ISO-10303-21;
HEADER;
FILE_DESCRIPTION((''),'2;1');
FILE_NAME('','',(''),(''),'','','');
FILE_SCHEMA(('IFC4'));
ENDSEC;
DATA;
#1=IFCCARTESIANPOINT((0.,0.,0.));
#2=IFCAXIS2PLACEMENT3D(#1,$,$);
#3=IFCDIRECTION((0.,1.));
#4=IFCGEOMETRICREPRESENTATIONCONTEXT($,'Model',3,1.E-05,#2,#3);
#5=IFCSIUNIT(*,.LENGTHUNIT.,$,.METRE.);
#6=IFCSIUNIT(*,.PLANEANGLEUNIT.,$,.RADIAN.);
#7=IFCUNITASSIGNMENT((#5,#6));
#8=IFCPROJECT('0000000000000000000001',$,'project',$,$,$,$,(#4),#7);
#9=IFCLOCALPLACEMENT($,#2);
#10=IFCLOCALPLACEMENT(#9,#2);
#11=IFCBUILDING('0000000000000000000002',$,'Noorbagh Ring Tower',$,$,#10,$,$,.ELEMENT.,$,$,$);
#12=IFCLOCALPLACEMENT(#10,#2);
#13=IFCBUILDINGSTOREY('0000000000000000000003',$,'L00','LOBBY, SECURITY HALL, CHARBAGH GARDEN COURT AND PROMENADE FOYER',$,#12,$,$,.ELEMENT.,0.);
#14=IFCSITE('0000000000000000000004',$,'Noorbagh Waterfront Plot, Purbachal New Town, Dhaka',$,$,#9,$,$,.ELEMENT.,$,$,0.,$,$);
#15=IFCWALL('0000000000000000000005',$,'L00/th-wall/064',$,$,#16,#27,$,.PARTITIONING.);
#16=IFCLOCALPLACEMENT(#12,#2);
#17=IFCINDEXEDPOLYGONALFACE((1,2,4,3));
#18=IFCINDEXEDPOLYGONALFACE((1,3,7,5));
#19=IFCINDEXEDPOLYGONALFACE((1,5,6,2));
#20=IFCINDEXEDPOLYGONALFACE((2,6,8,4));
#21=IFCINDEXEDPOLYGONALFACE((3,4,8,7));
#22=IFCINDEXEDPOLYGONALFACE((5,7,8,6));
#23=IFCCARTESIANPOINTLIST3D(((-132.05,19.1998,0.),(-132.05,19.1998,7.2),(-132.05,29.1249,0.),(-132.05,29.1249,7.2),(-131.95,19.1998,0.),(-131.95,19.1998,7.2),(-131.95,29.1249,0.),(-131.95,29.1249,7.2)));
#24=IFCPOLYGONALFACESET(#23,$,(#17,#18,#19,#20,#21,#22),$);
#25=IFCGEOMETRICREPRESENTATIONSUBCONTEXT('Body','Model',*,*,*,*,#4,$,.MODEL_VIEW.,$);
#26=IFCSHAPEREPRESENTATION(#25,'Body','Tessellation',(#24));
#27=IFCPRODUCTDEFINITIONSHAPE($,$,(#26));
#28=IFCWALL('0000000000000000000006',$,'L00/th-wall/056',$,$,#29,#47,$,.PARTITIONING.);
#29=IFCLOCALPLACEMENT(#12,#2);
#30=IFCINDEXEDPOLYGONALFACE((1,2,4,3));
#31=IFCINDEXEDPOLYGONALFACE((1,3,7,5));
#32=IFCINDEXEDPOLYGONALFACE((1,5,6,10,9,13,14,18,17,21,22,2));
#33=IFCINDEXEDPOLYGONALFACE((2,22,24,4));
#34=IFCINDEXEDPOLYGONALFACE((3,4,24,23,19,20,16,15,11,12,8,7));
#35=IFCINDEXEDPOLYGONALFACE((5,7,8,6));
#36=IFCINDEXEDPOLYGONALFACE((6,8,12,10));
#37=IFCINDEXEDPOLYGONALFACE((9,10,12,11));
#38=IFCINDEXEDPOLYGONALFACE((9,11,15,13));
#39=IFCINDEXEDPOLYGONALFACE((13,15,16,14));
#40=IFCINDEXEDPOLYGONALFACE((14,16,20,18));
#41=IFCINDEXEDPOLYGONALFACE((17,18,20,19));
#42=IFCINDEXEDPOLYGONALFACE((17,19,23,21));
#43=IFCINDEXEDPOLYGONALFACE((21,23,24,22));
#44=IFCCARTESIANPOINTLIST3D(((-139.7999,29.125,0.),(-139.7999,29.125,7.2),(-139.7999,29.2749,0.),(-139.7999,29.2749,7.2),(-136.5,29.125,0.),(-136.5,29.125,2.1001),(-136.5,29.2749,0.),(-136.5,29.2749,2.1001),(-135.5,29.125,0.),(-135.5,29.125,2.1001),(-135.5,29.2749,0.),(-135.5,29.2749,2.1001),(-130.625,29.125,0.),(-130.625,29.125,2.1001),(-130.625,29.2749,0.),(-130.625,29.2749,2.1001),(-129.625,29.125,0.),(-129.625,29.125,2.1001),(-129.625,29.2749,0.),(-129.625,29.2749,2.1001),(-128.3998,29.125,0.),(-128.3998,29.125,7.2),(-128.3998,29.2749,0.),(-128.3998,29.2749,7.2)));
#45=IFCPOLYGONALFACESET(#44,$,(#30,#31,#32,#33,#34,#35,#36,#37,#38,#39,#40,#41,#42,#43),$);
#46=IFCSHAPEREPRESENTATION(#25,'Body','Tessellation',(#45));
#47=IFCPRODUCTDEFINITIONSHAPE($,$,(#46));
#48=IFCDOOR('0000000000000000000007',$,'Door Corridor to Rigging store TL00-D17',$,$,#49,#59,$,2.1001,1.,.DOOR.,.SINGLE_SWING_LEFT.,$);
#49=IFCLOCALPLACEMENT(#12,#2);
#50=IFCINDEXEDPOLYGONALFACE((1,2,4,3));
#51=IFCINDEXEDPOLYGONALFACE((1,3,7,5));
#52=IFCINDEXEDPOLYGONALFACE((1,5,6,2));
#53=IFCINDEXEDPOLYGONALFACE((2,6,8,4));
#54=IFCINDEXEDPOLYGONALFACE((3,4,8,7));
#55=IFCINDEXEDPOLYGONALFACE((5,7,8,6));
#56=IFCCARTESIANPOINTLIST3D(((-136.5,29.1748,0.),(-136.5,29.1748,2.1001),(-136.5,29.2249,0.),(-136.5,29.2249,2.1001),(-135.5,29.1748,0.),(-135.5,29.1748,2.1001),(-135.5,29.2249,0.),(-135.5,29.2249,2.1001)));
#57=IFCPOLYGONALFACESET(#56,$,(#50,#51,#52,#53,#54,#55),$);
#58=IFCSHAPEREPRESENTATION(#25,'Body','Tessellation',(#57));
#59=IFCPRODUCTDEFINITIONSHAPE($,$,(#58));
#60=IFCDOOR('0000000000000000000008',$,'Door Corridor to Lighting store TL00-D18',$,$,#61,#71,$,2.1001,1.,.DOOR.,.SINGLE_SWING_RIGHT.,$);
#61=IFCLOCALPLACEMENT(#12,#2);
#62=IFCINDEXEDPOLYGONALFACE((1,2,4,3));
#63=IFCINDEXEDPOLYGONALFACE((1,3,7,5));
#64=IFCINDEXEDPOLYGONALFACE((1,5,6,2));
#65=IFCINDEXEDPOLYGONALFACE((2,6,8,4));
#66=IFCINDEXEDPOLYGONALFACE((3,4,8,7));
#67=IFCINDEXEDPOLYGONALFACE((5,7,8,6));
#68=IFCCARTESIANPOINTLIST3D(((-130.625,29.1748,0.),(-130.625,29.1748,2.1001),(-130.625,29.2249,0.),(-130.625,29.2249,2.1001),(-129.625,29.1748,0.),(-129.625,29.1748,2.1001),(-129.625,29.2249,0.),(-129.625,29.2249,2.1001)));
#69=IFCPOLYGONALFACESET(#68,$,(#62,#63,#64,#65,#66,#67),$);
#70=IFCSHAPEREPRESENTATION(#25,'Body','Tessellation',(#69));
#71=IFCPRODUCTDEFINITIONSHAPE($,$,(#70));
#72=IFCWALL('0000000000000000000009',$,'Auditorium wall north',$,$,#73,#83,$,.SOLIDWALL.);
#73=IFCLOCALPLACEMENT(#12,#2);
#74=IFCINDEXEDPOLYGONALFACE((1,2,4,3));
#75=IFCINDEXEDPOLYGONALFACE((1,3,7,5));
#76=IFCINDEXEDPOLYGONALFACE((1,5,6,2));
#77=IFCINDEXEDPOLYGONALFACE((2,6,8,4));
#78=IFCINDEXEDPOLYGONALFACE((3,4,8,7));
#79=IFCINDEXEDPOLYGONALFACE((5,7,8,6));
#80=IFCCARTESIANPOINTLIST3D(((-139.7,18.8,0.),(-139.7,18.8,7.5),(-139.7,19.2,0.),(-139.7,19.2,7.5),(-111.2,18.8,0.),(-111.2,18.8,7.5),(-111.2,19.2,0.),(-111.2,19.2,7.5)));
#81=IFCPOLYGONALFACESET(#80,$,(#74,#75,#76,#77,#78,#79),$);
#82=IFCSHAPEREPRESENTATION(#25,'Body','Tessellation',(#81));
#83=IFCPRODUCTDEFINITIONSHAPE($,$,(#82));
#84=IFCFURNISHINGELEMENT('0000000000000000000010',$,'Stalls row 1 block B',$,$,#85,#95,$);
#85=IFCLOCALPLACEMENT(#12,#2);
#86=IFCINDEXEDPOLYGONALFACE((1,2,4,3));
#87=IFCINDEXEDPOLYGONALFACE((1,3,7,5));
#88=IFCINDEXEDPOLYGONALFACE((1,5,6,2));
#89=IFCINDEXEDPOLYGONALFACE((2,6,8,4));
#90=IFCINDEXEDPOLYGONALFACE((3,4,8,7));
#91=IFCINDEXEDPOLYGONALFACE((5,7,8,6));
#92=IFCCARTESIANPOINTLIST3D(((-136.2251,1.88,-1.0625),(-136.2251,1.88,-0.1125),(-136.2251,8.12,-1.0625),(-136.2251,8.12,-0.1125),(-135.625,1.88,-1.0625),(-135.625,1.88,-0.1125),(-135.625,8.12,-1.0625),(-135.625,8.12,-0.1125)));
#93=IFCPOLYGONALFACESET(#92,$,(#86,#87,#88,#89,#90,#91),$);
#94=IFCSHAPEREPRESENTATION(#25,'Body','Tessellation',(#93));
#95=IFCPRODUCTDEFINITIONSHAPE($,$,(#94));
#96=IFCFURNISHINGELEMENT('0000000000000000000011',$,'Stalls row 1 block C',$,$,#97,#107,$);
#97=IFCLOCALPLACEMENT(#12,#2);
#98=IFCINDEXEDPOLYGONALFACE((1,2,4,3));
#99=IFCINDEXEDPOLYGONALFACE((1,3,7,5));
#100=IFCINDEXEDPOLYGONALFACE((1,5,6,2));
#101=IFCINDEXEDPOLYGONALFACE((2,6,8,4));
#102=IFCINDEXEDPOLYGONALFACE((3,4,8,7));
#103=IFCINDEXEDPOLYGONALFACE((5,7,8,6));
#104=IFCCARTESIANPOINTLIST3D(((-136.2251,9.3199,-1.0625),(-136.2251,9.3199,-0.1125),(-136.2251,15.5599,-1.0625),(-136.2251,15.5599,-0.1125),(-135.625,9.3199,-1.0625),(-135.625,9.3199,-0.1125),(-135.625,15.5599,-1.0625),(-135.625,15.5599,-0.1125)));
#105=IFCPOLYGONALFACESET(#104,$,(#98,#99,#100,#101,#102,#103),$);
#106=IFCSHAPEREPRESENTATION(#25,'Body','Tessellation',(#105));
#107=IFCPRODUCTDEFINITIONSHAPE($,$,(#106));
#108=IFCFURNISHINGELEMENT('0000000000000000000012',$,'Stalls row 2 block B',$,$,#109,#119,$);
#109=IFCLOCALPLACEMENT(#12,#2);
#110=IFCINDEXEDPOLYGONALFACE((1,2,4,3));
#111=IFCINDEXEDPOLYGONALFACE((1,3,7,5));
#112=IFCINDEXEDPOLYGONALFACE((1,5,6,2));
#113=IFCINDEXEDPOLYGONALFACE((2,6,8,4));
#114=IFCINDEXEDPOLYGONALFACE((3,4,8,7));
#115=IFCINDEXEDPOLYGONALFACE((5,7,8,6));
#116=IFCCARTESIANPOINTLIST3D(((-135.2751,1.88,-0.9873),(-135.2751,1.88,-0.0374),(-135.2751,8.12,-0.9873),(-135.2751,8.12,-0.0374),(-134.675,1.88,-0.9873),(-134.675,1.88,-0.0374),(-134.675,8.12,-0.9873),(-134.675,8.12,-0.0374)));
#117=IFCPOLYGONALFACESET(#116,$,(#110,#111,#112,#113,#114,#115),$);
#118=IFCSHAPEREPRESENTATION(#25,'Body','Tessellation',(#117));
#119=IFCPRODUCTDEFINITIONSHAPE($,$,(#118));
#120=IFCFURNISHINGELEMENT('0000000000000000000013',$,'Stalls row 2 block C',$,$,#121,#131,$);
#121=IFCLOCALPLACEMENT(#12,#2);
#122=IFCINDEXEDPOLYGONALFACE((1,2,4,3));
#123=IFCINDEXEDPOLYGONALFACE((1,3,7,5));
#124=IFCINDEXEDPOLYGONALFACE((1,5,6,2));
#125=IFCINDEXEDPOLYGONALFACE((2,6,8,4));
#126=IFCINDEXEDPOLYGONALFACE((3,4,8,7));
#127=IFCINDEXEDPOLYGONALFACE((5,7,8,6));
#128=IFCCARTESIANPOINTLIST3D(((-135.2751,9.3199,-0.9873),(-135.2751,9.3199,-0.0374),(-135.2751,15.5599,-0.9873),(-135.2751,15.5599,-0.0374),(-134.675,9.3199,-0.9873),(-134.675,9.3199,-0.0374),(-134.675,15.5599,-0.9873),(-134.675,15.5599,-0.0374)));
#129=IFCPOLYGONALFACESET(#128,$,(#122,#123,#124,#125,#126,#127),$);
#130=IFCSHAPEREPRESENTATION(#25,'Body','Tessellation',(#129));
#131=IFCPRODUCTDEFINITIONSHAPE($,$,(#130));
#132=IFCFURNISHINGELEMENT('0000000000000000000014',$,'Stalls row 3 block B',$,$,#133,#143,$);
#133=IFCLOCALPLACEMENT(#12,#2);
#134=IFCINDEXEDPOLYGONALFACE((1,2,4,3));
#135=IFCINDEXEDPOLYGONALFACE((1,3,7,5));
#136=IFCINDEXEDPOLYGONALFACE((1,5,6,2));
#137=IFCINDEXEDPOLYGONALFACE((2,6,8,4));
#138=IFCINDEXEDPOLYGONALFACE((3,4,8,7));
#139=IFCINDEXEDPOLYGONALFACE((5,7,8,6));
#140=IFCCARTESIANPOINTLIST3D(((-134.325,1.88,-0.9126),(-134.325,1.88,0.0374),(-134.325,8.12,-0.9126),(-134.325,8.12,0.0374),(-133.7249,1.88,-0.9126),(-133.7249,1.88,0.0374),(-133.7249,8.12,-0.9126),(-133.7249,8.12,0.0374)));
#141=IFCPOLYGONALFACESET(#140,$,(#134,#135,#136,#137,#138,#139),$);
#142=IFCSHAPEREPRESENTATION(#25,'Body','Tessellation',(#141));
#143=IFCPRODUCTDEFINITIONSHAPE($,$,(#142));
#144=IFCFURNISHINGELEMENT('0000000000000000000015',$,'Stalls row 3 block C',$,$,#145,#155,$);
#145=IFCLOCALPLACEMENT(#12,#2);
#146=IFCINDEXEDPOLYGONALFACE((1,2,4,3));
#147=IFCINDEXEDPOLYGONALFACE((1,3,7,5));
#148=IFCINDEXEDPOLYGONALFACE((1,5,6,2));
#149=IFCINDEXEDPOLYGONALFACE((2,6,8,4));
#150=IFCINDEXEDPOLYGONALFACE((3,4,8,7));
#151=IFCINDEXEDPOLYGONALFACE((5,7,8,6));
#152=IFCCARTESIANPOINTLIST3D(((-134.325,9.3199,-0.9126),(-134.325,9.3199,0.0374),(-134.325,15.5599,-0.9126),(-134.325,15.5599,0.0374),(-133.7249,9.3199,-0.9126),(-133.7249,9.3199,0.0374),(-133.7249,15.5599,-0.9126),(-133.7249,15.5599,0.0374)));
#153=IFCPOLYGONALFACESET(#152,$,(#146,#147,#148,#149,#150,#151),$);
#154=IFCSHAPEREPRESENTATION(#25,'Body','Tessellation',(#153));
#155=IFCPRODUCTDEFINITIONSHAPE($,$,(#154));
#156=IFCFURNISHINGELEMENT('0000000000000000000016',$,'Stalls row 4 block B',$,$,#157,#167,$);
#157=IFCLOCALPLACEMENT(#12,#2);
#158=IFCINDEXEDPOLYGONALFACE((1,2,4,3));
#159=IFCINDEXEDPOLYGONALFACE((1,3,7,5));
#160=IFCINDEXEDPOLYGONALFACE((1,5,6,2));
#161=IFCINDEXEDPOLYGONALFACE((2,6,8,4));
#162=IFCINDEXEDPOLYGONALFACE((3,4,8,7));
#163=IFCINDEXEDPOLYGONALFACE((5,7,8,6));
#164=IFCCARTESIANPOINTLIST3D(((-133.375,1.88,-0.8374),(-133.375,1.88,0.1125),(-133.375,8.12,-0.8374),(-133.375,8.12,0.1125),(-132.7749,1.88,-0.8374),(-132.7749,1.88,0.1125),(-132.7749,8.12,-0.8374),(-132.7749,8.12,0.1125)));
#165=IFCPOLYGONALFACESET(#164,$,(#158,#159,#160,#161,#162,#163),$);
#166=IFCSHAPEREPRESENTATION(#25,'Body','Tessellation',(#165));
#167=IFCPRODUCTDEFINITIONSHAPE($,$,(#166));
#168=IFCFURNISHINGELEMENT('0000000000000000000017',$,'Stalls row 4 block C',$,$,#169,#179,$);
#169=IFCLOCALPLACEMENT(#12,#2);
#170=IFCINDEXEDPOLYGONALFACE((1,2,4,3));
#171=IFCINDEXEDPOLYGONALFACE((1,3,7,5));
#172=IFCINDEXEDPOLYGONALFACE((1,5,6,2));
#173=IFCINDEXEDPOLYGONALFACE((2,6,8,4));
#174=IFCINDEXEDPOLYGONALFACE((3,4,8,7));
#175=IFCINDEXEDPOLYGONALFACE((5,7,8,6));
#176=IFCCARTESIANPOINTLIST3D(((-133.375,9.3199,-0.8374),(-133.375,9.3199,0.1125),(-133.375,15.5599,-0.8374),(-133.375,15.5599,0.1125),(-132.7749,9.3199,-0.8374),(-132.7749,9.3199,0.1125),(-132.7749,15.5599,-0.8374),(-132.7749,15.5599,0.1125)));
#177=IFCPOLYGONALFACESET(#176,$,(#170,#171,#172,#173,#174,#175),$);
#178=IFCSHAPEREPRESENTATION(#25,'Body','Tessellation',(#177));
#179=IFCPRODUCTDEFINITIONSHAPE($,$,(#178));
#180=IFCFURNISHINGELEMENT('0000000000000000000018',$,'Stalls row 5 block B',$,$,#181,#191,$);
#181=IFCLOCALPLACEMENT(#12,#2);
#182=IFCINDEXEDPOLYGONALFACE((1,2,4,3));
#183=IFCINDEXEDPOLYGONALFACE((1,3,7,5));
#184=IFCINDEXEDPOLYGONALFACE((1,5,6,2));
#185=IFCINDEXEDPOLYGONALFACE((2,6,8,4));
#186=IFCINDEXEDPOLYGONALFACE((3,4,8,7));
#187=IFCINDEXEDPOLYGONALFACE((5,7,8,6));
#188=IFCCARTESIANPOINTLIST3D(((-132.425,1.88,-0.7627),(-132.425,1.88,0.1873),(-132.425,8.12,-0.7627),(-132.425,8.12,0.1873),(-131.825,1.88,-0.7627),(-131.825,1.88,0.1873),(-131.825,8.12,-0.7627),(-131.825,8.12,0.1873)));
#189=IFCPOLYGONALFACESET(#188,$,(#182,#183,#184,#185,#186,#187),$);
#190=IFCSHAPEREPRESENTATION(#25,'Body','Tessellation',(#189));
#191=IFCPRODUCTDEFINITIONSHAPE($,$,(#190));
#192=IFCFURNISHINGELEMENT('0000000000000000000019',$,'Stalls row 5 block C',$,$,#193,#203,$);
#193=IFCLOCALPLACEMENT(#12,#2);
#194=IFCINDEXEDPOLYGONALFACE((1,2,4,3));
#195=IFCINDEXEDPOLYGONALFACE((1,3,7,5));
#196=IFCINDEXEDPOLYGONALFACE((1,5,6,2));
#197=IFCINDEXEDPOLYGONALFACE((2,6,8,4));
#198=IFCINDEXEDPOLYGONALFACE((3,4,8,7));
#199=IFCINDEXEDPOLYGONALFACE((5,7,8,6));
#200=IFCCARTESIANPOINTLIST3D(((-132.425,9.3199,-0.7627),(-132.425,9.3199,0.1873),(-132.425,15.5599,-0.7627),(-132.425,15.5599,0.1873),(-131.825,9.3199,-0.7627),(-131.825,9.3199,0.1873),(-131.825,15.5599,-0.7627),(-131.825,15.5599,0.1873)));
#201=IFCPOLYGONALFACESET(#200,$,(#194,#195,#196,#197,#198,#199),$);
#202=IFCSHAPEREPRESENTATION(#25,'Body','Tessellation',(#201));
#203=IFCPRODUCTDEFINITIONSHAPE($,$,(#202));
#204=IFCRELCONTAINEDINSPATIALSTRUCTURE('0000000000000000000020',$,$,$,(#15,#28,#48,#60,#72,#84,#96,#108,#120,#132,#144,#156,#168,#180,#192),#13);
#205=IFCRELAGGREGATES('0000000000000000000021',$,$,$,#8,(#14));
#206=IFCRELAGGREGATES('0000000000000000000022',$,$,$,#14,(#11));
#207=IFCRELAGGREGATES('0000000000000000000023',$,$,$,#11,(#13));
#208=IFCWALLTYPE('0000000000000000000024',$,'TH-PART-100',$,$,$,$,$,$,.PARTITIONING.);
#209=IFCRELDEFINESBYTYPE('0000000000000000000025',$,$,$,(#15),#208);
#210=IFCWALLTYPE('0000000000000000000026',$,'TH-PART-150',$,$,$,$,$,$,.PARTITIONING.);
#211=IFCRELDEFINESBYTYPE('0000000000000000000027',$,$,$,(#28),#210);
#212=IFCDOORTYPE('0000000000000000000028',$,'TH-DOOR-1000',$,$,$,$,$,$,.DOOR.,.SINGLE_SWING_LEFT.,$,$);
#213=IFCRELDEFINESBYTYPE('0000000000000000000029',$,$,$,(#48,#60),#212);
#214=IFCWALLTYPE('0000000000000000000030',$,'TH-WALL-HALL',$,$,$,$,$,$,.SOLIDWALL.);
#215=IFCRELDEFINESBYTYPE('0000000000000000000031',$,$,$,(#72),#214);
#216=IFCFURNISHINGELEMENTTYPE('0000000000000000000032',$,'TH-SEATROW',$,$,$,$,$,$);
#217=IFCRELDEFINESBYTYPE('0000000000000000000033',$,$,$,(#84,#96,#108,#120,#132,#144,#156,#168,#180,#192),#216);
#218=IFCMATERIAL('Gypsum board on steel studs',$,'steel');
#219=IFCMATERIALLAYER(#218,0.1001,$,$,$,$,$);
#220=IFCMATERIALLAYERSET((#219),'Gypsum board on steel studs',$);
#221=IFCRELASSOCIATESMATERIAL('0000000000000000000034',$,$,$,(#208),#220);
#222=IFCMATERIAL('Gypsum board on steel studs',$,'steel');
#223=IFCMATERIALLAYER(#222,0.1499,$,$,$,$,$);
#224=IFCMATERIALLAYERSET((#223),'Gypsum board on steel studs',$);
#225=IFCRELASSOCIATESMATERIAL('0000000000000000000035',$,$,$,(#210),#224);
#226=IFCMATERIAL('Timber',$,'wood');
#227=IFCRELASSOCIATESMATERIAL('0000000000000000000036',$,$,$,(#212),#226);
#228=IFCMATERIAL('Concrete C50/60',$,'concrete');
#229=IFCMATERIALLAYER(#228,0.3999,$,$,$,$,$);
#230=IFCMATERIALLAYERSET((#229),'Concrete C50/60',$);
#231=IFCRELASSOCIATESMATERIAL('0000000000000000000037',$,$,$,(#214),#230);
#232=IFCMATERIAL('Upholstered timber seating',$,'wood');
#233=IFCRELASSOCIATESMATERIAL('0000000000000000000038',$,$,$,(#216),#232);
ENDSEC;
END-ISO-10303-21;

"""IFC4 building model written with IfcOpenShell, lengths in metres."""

from ifc_helpers import new_model, si_unit, direction, frame, frame_2d, origin, origin_2d, place, context, subcontext, project, spatial, rectangle, extrude, material, layer, layer_set, type_object, element, fill, save


model = new_model("IFC4")

# Units and contexts
model_context = context("Model", 3, precision=1e-05, world=origin(), true_north=direction((0.0, 1.0)))
body_context = subcontext(model_context, "Body", "Model", "MODEL_VIEW")
ifc_project = project(units=[si_unit("LENGTHUNIT", "METRE"), si_unit("PLANEANGLEUNIT", "RADIAN")], contexts=[model_context])

# Site, building, storey
site_placement = place(None, origin())
site = spatial("IfcSite", under=ifc_project, at=site_placement, Name="Noorbagh Waterfront Plot, Purbachal New Town, Dhaka", CompositionType="ELEMENT", RefElevation=0.0)
building_placement = place(site_placement, origin())
building = spatial("IfcBuilding", under=site, at=building_placement, Name="Noorbagh Ring Tower", CompositionType="ELEMENT")
storey_placement = place(building_placement, origin())
storey = spatial("IfcBuildingStorey", under=building, at=storey_placement, Name="L00", Description="LOBBY, SECURITY HALL, CHARBAGH GARDEN COURT AND PROMENADE FOYER", CompositionType="ELEMENT", Elevation=0.0)

# Wall
ifc_material_1 = material(Name="Gypsum board on steel studs", Category="steel")
ifc_layer_1 = layer(ifc_material_1, 0.1001)
ifc_layer_set_1 = layer_set([ifc_layer_1], Name="Gypsum board on steel studs")
wall_type_1 = type_object("IfcWallType", Name="TH-PART-100", PredefinedType="PARTITIONING", material=ifc_layer_set_1)
wall_1_placement = place(storey_placement, frame((-132.0, 19.2, 0.0), z_axis=(0.0, 0.0, 1.0), x_axis=(0.0, 1.0, 0.0)))
element("IfcWall", 1, at=wall_1_placement, inside=storey, type_object=wall_type_1, Name="L00/th-wall/064", PredefinedType="PARTITIONING", context=body_context, shape_type="SweptSolid", body=[
    extrude(rectangle(XDim=9.925, YDim=0.1001, at=frame_2d((4.9624, 0.0))), origin(), (0.0, 0.0, 1.0), 7.2),
])

# Wall, openings, doors
ifc_material_2 = material(Name="Gypsum board on steel studs", Category="steel")
ifc_layer_2 = layer(ifc_material_2, 0.1499)
ifc_layer_set_2 = layer_set([ifc_layer_2], Name="Gypsum board on steel studs")
wall_type_2 = type_object("IfcWallType", Name="TH-PART-150", PredefinedType="PARTITIONING", material=ifc_layer_set_2)
wall_2_placement = place(storey_placement, frame((-139.8, 29.2, 0.0), z_axis=(0.0, 0.0, 1.0), x_axis=(1.0, 0.0, 0.0)))
wall_2 = element("IfcWall", 2, at=wall_2_placement, inside=storey, type_object=wall_type_2, Name="L00/th-wall/056", PredefinedType="PARTITIONING", context=body_context, shape_type="SweptSolid", body=[
    extrude(rectangle(XDim=11.4001, YDim=0.1499, at=frame_2d((5.7002, 0.0))), origin(), (0.0, 0.0, 1.0), 7.2),
])
opening_1_placement = place(wall_2_placement, frame((3.3, 0.0, 0.0)))
opening_1 = element("IfcOpeningElement", 3, at=opening_1_placement, cuts=wall_2, PredefinedType="OPENING", context=body_context, shape_type="SweptSolid", body=[
    extrude(rectangle(XDim=1.0, YDim=2.1001, at=frame_2d((0.5, 1.05))), frame((0.0, 0.085, 0.0), z_axis=(0.0, -1.0, 0.0), x_axis=(1.0, 0.0, 0.0)), (0.0, 0.0, 1.0), 0.1699),
])
opening_2_placement = place(wall_2_placement, frame((9.175, 0.0, 0.0)))
opening_2 = element("IfcOpeningElement", 4, at=opening_2_placement, cuts=wall_2, PredefinedType="OPENING", context=body_context, shape_type="SweptSolid", body=[
    extrude(rectangle(XDim=1.0, YDim=2.1001, at=frame_2d((0.5, 1.05))), frame((0.0, 0.085, 0.0), z_axis=(0.0, -1.0, 0.0), x_axis=(1.0, 0.0, 0.0)), (0.0, 0.0, 1.0), 0.1699),
])
ifc_material_3 = material(Name="Timber", Category="wood")
door_type = type_object("IfcDoorType", Name="TH-DOOR-1000", OperationType="SINGLE_SWING_LEFT", PredefinedType="DOOR", material=ifc_material_3)
door_1_placement = place(opening_1_placement, origin())
door_1 = element("IfcDoor", 5, at=door_1_placement, inside=storey, type_object=door_type, Name="Door Corridor to Rigging store TL00-D17", OperationType="SINGLE_SWING_LEFT", OverallHeight=2.1001, OverallWidth=1.0, PredefinedType="DOOR", context=body_context, shape_type="SweptSolid", body=[
    extrude(rectangle(XDim=1.0, YDim=2.1001, at=frame_2d((0.5, 1.05))), frame((0.0, 0.0249, 0.0), z_axis=(0.0, -1.0, 0.0), x_axis=(1.0, 0.0, 0.0)), (0.0, 0.0, 1.0), 0.05),
])
fill(opening_1, door_1)
door_2_placement = place(opening_2_placement, origin())
door_2 = element("IfcDoor", 6, at=door_2_placement, inside=storey, type_object=door_type, Name="Door Corridor to Lighting store TL00-D18", OperationType="SINGLE_SWING_RIGHT", OverallHeight=2.1001, OverallWidth=1.0, PredefinedType="DOOR", context=body_context, shape_type="SweptSolid", body=[
    extrude(rectangle(XDim=1.0, YDim=2.1001, at=frame_2d((0.5, 1.05))), frame((0.0, 0.0249, 0.0), z_axis=(0.0, -1.0, 0.0), x_axis=(1.0, 0.0, 0.0)), (0.0, 0.0, 1.0), 0.05),
])
fill(opening_2, door_2)

# Wall
ifc_material_4 = material(Name="Concrete C50/60", Category="concrete")
ifc_layer_3 = layer(ifc_material_4, 0.3999)
ifc_layer_set_3 = layer_set([ifc_layer_3], Name="Concrete C50/60")
wall_type_3 = type_object("IfcWallType", Name="TH-WALL-HALL", PredefinedType="SOLIDWALL", material=ifc_layer_set_3)
wall_3_placement = place(storey_placement, frame((-139.7, 19.0, 0.0), z_axis=(0.0, 0.0, 1.0), x_axis=(1.0, 0.0, 0.0)))
element("IfcWall", 7, at=wall_3_placement, inside=storey, type_object=wall_type_3, Name="Auditorium wall north", PredefinedType="SOLIDWALL", context=body_context, shape_type="SweptSolid", body=[
    extrude(rectangle(XDim=28.5, YDim=0.3999, at=frame_2d((14.25, 0.0))), origin(), (0.0, 0.0, 1.0), 7.5),
])

# Furnishing elements
ifc_material_5 = material(Name="Upholstered timber seating", Category="wood")
furnishing_element_type = type_object("IfcFurnishingElementType", Name="TH-SEATROW", material=ifc_material_5)
for number, where, z_axis, x_axis, name in (
    (8, (-135.925, 5.0, -1.0625), (0.0, 0.0, 1.0), (1.0, 0.0, 0.0), "Stalls row 1 block B"),
    (9, (-135.925, 12.4399, -1.0625), (0.0, 0.0, 1.0), (1.0, 0.0, 0.0), "Stalls row 1 block C"),
    (10, (-134.9751, 5.0, -0.9873), (0.0, 0.0, 1.0), (1.0, 0.0, 0.0), "Stalls row 2 block B"),
    (11, (-134.9751, 12.4399, -0.9873), (0.0, 0.0, 1.0), (1.0, 0.0, 0.0), "Stalls row 2 block C"),
    (12, (-134.0249, 5.0, -0.9126), (0.0, 0.0, 1.0), (1.0, 0.0, 0.0), "Stalls row 3 block B"),
    (13, (-134.0249, 12.4399, -0.9126), (0.0, 0.0, 1.0), (1.0, 0.0, 0.0), "Stalls row 3 block C"),
    (14, (-133.075, 5.0, -0.8374), (0.0, 0.0, 1.0), (1.0, 0.0, 0.0), "Stalls row 4 block B"),
    (15, (-133.075, 12.4399, -0.8374), (0.0, 0.0, 1.0), (1.0, 0.0, 0.0), "Stalls row 4 block C"),
    (16, (-132.125, 5.0, -0.7627), (0.0, 0.0, 1.0), (1.0, 0.0, 0.0), "Stalls row 5 block B"),
    (17, (-132.125, 12.4399, -0.7627), (0.0, 0.0, 1.0), (1.0, 0.0, 0.0), "Stalls row 5 block C"),
):
    element("IfcFurnishingElement", number, at=place(storey_placement, frame(where, z_axis=z_axis, x_axis=x_axis)), inside=storey, type_object=furnishing_element_type, Name=name, context=body_context, shape_type="SweptSolid", body=[
        extrude(rectangle(XDim=0.6001, YDim=6.24, at=origin_2d()), origin(), (0.0, 0.0, 1.0), 0.95),
    ])

save(model, "model.ifc")
